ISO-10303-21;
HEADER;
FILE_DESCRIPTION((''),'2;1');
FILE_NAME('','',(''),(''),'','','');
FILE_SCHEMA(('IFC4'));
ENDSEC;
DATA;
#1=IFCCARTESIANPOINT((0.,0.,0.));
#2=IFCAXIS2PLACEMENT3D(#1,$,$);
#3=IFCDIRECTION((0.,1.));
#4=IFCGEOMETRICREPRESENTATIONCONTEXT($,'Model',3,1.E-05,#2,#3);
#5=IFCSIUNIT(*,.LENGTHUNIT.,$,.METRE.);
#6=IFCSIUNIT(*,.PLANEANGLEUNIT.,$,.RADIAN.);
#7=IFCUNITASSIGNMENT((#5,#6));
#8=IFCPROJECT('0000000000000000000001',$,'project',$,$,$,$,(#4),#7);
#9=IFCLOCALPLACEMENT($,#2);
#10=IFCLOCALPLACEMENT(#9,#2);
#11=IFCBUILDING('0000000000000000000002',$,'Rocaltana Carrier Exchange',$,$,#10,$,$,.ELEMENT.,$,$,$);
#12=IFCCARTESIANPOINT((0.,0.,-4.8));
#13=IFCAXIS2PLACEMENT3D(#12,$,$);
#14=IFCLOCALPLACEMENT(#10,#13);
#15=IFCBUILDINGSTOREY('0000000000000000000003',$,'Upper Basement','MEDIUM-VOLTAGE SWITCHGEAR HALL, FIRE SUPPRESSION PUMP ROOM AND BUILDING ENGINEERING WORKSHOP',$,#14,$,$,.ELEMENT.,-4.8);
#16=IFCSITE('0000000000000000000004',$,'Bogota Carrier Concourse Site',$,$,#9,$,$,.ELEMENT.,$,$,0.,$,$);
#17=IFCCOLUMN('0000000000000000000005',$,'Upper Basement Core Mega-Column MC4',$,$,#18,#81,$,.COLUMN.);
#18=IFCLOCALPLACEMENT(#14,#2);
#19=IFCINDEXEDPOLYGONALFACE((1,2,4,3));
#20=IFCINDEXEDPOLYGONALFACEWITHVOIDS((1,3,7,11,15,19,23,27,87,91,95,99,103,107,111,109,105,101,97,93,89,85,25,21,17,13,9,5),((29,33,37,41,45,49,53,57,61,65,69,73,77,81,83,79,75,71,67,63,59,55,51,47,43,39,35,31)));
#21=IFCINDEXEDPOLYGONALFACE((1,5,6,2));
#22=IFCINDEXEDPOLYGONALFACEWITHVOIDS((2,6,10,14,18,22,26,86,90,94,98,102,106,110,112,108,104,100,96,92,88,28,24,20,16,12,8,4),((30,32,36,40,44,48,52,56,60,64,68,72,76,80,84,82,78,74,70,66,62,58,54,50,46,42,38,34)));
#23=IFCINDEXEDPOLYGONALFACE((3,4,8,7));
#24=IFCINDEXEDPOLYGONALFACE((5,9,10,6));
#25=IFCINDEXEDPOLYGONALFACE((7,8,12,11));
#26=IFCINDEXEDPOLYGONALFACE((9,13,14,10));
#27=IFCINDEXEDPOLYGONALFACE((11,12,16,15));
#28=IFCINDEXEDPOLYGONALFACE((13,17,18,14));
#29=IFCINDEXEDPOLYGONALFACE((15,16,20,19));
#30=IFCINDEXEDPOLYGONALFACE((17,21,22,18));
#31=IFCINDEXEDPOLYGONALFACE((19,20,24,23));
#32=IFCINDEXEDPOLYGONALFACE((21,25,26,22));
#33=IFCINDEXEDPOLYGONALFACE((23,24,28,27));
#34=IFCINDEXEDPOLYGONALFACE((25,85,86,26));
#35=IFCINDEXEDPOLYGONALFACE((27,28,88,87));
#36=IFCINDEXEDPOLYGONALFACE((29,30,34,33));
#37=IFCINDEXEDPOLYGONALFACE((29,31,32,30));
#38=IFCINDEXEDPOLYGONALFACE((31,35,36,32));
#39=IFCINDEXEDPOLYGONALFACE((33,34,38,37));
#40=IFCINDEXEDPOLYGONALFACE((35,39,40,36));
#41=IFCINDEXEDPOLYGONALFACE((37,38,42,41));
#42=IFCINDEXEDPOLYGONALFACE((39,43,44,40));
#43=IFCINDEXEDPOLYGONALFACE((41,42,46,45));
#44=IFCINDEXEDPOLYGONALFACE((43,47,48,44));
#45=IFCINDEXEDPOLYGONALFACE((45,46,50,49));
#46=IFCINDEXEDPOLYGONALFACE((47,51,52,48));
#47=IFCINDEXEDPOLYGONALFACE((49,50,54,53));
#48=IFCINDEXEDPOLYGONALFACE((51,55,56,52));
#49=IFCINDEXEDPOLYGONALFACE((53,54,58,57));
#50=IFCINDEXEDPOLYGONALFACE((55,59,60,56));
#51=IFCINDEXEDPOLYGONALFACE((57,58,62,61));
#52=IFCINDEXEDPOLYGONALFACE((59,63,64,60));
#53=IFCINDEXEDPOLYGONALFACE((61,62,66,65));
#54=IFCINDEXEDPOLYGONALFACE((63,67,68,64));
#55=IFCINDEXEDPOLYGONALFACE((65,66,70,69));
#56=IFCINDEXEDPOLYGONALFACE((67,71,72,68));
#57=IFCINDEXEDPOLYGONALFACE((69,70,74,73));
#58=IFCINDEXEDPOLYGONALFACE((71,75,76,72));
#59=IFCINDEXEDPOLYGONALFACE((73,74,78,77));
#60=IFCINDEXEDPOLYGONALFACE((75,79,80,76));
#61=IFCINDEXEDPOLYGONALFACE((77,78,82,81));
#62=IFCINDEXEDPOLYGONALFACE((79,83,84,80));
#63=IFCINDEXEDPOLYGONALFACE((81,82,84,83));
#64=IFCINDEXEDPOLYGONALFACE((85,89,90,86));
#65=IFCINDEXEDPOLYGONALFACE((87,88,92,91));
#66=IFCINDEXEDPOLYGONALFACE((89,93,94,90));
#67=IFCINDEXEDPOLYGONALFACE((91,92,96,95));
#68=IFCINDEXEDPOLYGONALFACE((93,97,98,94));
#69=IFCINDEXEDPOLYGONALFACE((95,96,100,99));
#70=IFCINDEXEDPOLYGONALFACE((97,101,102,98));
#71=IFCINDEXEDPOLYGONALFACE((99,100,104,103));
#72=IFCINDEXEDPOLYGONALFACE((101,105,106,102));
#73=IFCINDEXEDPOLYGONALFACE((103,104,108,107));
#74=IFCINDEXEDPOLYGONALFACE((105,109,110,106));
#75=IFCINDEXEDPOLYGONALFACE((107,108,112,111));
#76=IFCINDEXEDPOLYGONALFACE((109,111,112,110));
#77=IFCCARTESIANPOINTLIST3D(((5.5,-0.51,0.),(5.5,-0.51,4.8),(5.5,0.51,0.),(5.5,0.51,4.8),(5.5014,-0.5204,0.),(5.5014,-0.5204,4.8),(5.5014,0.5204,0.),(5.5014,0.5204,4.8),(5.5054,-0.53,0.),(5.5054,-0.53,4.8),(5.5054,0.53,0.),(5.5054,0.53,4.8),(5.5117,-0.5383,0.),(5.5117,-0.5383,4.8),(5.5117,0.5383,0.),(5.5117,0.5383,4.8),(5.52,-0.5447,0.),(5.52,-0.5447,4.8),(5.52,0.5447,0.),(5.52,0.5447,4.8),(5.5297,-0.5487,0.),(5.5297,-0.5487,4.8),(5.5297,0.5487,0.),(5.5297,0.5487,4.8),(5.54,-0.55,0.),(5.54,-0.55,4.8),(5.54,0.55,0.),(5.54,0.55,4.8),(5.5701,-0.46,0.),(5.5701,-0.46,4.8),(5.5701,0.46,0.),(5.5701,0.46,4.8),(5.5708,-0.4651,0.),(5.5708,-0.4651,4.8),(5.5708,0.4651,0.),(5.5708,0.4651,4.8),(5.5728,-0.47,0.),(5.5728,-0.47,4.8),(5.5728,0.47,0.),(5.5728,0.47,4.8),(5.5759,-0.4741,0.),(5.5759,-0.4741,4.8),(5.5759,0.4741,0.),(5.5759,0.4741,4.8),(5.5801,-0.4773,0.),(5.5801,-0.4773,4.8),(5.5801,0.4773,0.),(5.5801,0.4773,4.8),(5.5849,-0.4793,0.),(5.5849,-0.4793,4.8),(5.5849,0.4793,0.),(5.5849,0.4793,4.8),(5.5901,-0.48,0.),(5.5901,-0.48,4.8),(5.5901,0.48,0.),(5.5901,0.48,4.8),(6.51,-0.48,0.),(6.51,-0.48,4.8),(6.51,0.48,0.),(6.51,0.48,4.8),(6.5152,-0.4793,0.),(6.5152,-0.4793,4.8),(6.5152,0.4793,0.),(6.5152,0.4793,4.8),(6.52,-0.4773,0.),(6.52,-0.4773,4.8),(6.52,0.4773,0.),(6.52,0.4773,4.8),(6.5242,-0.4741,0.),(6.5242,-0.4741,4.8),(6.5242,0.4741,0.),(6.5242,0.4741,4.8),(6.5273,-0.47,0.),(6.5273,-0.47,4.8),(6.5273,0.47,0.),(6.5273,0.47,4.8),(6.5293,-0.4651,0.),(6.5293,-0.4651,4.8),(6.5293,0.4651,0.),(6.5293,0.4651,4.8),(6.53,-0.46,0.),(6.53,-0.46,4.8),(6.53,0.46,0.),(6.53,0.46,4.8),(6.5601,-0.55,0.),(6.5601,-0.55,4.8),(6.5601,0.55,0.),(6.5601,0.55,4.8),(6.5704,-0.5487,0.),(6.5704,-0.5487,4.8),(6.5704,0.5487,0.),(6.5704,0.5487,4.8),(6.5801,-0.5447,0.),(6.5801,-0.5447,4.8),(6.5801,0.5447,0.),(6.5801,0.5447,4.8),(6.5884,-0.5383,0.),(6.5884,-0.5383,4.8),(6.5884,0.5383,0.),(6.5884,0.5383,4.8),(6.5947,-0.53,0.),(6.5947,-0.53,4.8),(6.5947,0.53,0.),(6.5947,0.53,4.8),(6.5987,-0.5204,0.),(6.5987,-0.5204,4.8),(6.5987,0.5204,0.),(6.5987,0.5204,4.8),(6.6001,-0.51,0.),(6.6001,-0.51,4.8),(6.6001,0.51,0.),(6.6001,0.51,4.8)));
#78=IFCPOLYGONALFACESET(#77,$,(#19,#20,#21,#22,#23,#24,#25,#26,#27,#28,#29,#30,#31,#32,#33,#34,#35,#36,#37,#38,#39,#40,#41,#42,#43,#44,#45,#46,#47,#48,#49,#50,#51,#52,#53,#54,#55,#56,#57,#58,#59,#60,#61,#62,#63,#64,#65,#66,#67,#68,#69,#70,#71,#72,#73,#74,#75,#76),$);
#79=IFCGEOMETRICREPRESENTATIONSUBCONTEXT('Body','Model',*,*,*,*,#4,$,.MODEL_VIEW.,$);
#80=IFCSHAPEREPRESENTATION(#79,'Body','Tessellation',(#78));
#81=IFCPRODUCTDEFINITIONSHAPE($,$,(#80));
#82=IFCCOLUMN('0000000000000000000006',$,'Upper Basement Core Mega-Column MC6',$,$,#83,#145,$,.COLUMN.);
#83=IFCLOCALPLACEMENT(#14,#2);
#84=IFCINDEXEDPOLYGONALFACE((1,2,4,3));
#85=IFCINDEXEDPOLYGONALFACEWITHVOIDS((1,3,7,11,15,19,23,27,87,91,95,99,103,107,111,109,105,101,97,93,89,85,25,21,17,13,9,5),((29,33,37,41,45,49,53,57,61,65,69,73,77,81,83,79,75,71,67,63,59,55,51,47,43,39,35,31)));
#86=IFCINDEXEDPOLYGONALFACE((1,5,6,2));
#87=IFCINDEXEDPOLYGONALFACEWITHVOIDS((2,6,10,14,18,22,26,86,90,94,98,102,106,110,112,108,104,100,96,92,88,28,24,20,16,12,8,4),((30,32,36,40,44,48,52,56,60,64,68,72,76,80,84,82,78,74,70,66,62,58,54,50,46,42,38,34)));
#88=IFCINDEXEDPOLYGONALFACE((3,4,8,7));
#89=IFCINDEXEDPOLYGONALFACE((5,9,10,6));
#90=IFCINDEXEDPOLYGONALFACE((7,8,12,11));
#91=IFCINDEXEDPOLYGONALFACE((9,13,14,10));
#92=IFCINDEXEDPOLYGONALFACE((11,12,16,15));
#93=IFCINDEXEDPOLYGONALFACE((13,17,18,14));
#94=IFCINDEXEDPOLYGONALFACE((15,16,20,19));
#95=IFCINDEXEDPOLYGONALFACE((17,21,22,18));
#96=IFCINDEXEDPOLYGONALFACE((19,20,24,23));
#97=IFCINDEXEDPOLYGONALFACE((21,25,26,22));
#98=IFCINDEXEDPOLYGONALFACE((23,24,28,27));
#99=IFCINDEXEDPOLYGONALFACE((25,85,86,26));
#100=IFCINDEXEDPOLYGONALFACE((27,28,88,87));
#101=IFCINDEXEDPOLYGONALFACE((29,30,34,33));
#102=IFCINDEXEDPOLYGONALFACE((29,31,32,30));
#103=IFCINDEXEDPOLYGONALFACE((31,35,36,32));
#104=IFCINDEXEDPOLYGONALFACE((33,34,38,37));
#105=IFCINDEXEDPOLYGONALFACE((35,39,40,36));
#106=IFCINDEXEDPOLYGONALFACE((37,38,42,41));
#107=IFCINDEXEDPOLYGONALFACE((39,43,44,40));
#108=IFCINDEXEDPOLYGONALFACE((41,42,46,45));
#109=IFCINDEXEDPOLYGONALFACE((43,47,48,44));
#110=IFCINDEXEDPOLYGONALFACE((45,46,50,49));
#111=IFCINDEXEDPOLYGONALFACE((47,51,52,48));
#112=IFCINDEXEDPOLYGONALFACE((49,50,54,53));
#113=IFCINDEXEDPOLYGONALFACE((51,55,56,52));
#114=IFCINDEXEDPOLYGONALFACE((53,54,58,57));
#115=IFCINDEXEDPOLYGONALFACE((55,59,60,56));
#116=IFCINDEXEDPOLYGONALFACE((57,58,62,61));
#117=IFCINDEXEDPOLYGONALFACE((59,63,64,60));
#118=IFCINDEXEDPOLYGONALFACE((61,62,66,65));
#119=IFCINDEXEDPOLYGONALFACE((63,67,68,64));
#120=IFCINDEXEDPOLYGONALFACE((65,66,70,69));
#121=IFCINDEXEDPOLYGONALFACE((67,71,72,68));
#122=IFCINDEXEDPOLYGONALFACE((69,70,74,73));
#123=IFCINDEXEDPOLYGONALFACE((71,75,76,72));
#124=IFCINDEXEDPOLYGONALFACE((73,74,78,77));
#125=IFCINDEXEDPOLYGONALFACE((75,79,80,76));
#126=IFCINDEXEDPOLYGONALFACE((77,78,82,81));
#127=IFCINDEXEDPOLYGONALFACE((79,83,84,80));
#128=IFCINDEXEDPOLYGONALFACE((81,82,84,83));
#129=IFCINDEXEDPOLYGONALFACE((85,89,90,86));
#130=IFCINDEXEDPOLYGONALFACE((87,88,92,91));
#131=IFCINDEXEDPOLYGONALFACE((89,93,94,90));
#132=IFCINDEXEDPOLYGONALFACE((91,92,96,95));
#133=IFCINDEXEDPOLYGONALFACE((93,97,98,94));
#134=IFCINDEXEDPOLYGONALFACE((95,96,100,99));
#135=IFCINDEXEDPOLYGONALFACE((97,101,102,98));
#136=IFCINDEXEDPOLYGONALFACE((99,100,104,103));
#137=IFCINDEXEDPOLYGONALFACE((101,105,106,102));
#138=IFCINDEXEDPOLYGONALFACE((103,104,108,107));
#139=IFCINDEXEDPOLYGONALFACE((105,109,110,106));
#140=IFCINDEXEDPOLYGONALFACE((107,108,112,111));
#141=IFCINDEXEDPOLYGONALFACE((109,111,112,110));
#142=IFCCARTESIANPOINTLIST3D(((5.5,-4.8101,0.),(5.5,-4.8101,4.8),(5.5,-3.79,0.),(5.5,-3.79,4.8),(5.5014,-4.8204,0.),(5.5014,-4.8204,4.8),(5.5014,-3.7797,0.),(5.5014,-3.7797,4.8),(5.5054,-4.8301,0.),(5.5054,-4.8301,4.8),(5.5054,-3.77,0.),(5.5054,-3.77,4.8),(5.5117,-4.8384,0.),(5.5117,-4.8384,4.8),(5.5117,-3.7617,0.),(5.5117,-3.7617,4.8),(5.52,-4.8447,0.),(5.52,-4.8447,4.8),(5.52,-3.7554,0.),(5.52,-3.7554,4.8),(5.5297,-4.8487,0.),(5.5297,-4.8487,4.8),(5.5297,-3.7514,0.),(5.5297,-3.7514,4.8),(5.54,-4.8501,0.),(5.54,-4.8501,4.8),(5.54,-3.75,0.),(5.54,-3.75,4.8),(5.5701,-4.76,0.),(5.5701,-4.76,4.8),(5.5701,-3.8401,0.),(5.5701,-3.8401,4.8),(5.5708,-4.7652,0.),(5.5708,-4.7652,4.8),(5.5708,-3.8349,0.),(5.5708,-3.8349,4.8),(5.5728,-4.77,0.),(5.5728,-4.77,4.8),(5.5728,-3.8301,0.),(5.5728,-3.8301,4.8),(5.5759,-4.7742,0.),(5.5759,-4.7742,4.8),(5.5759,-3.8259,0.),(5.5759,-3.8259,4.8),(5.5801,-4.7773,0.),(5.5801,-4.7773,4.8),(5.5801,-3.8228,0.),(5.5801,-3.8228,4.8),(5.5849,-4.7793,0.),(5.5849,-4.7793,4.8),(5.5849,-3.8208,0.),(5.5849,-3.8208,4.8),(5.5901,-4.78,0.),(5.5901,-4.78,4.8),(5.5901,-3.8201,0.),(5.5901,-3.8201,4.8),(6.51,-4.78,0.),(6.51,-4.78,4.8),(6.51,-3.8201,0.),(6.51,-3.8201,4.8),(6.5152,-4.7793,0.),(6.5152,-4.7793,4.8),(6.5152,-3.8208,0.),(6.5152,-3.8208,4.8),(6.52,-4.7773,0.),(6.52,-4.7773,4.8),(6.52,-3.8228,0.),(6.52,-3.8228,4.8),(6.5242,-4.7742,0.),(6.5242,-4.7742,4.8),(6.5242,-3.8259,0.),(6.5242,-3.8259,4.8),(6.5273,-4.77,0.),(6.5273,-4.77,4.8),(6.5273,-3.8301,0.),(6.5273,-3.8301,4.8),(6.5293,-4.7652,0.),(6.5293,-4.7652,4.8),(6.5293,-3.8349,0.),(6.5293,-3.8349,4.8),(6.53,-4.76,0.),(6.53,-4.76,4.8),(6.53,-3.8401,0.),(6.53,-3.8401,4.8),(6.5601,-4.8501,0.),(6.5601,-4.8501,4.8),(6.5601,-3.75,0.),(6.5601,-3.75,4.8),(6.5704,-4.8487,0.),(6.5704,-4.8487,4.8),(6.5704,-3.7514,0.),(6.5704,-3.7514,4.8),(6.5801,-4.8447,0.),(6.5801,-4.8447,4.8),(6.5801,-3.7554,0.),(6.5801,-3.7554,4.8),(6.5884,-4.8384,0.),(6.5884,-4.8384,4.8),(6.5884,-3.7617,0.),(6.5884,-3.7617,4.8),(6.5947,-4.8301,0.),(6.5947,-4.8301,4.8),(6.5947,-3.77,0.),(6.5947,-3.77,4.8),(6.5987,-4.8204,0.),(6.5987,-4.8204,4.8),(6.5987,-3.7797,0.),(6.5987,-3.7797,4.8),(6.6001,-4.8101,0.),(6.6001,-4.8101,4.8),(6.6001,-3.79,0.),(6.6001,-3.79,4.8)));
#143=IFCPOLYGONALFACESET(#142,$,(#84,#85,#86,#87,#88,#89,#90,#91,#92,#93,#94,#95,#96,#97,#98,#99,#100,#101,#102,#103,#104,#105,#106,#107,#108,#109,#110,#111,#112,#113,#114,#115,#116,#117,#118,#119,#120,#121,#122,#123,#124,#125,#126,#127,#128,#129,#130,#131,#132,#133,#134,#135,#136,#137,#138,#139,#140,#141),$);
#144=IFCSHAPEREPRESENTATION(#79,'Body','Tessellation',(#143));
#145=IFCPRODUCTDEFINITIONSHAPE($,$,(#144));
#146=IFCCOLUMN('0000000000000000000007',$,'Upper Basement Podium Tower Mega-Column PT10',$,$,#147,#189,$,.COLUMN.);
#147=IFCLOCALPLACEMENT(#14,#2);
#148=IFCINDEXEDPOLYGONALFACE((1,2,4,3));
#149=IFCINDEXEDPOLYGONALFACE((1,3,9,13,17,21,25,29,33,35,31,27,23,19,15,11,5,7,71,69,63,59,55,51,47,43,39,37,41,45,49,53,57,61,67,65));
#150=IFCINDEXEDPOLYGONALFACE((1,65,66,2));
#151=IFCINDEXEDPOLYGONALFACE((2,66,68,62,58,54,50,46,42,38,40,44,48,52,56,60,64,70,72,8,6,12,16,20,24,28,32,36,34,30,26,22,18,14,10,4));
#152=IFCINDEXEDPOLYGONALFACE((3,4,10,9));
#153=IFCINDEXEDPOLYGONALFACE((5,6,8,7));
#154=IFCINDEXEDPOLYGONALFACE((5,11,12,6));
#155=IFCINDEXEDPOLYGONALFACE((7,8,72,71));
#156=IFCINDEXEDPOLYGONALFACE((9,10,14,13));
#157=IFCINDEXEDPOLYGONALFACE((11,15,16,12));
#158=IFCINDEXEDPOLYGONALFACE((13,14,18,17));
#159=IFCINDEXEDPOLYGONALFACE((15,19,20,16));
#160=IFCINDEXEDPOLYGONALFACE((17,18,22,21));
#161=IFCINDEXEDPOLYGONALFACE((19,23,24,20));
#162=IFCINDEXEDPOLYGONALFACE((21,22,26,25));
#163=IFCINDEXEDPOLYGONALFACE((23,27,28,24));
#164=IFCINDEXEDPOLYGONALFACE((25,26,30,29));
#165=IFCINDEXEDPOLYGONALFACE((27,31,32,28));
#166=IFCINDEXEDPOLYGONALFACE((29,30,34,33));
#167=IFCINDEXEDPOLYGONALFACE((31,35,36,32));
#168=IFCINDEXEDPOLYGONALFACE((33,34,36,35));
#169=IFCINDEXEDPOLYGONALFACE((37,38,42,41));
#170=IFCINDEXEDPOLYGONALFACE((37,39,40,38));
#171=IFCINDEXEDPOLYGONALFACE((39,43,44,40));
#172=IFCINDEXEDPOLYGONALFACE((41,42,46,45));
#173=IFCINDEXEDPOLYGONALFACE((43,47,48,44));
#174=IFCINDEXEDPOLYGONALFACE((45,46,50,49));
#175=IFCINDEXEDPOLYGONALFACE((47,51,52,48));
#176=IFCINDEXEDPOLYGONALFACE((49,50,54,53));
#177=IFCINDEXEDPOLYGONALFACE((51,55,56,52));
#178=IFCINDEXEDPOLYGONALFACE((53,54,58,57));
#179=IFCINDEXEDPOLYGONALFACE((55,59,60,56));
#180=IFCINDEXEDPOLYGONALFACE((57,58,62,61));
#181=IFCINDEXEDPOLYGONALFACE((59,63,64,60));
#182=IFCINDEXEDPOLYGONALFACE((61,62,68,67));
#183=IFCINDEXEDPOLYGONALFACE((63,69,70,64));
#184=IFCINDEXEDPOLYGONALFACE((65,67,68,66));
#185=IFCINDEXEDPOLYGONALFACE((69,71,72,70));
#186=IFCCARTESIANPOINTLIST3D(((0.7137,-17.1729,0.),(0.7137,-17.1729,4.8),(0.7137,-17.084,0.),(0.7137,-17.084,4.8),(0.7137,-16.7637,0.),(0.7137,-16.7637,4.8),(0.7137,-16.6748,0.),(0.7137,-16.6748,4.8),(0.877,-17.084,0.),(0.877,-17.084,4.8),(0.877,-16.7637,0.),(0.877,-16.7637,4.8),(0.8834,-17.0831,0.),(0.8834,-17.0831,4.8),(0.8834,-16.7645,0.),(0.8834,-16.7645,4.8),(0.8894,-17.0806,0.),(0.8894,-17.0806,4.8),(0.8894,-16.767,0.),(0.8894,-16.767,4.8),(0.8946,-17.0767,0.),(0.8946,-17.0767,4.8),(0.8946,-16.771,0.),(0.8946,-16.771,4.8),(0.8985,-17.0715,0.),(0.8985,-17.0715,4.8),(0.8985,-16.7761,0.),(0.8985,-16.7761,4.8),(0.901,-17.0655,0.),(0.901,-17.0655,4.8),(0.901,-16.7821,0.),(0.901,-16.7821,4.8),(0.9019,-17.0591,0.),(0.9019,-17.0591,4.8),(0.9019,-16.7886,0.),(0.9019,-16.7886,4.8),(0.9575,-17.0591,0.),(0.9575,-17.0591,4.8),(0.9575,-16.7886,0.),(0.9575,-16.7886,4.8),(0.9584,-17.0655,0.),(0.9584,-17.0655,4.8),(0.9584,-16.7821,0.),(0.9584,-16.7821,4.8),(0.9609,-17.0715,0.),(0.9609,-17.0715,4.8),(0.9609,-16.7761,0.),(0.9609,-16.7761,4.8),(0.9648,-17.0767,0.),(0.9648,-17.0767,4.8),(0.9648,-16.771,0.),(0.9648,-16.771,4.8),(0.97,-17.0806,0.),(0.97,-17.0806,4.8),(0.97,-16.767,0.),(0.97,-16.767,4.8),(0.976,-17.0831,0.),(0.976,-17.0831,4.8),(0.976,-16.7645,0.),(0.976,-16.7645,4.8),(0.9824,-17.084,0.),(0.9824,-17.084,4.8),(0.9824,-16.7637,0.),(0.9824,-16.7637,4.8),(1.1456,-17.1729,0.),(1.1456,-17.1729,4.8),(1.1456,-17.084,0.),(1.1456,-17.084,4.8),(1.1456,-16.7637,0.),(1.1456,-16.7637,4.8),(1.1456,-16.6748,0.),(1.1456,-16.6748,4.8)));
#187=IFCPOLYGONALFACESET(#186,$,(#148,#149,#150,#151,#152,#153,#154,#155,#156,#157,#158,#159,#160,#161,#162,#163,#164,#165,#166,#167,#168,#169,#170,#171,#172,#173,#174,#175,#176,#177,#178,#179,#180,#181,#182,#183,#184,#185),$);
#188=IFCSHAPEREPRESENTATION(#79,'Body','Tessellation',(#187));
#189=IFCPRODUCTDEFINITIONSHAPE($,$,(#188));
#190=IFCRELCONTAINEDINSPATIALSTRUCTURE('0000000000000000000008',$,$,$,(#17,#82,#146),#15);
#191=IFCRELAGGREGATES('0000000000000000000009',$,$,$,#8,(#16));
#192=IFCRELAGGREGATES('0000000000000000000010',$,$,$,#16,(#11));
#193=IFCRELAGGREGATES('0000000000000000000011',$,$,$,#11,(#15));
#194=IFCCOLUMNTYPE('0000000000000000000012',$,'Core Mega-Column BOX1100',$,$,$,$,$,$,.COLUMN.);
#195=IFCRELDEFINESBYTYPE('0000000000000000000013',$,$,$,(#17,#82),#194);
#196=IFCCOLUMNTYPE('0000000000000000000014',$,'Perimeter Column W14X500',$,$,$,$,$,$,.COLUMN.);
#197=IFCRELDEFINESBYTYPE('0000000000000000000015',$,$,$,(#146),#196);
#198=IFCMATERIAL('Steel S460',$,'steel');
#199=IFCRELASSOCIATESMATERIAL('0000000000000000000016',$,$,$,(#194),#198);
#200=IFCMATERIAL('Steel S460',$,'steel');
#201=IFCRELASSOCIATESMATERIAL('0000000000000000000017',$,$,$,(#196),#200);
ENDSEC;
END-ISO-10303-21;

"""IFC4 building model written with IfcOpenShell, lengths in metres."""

from ifc_helpers import new_model, si_unit, direction, frame, origin, origin_2d, place, context, subcontext, project, spatial, hollow_rectangle, i_section, extrude, material, material_profile, profile_set, type_object, element, save


model = new_model("IFC4")

# Units and contexts
model_context = context("Model", 3, precision=1e-05, world=origin(), true_north=direction((0.0, 1.0)))
body_context = subcontext(model_context, "Body", "Model", "MODEL_VIEW")
ifc_project = project(units=[si_unit("LENGTHUNIT", "METRE"), si_unit("PLANEANGLEUNIT", "RADIAN")], contexts=[model_context])

# Site, building, storey
site_placement = place(None, origin())
site = spatial("IfcSite", under=ifc_project, at=site_placement, Name="Bogota Carrier Concourse Site", CompositionType="ELEMENT", RefElevation=0.0)
building_placement = place(site_placement, origin())
building = spatial("IfcBuilding", under=site, at=building_placement, Name="Rocaltana Carrier Exchange", CompositionType="ELEMENT")
storey_placement = place(building_placement, frame((0.0, 0.0, -4.8)))
storey = spatial("IfcBuildingStorey", under=building, at=storey_placement, Name="Upper Basement", Description="MEDIUM-VOLTAGE SWITCHGEAR HALL, FIRE SUPPRESSION PUMP ROOM AND BUILDING ENGINEERING WORKSHOP", CompositionType="ELEMENT", Elevation=-4.8)

# Columns
ifc_material_1 = material(Name="Steel S460", Category="steel")
ifc_material_profile_1 = material_profile(ifc_material_1, hollow_rectangle(XDim=1.1001, YDim=1.1001, WallThickness=0.0701, InnerFilletRadius=0.02, OuterFilletRadius=0.04, at=origin_2d()), Name="BOX1100X1100X70")
ifc_profile_set_1 = profile_set([ifc_material_profile_1], Name="Steel S460")
column_type_1 = type_object("IfcColumnType", Name="Core Mega-Column BOX1100", PredefinedType="COLUMN", material=ifc_profile_set_1)
for number, where, z_axis, x_axis, name in (
    (1, (6.05, 0.0, 0.0), (0.0, 0.0, 1.0), (1.0, 0.0, 0.0), "Upper Basement Core Mega-Column MC4"),
    (2, (6.05, -4.3, 0.0), (0.0, 0.0, 1.0), (1.0, 0.0, 0.0), "Upper Basement Core Mega-Column MC6"),
):
    element("IfcColumn", number, at=place(storey_placement, frame(where, z_axis=z_axis, x_axis=x_axis)), inside=storey, type_object=column_type_1, Name=name, PredefinedType="COLUMN", context=body_context, shape_type="SweptSolid", body=[
        extrude(hollow_rectangle(XDim=1.1001, YDim=1.1001, WallThickness=0.0701, InnerFilletRadius=0.02, OuterFilletRadius=0.04, at=origin_2d()), origin(), (0.0, 0.0, 1.0), 4.8),
    ])
ifc_material_2 = material(Name="Steel S460", Category="steel")
ifc_material_profile_2 = material_profile(ifc_material_2, i_section(OverallWidth=0.4319, OverallDepth=0.498, WebThickness=0.0557, FlangeThickness=0.0889, FilletRadius=0.0249, at=origin_2d()), Name="W14X500")
ifc_profile_set_2 = profile_set([ifc_material_profile_2], Name="Steel S460")
column_type_2 = type_object("IfcColumnType", Name="Perimeter Column W14X500", PredefinedType="COLUMN", material=ifc_profile_set_2)
column_1_placement = place(storey_placement, frame((0.9297, -16.9238, 0.0), z_axis=(0.0, 0.0, 1.0), x_axis=(1.0, 0.0, 0.0)))
element("IfcColumn", 3, at=column_1_placement, inside=storey, type_object=column_type_2, Name="Upper Basement Podium Tower Mega-Column PT10", PredefinedType="COLUMN", context=body_context, shape_type="SweptSolid", body=[
    extrude(i_section(OverallWidth=0.4319, OverallDepth=0.498, WebThickness=0.0557, FlangeThickness=0.0889, FilletRadius=0.0249, at=origin_2d()), origin(), (0.0, 0.0, 1.0), 4.8),
])

save(model, "model.ifc")
